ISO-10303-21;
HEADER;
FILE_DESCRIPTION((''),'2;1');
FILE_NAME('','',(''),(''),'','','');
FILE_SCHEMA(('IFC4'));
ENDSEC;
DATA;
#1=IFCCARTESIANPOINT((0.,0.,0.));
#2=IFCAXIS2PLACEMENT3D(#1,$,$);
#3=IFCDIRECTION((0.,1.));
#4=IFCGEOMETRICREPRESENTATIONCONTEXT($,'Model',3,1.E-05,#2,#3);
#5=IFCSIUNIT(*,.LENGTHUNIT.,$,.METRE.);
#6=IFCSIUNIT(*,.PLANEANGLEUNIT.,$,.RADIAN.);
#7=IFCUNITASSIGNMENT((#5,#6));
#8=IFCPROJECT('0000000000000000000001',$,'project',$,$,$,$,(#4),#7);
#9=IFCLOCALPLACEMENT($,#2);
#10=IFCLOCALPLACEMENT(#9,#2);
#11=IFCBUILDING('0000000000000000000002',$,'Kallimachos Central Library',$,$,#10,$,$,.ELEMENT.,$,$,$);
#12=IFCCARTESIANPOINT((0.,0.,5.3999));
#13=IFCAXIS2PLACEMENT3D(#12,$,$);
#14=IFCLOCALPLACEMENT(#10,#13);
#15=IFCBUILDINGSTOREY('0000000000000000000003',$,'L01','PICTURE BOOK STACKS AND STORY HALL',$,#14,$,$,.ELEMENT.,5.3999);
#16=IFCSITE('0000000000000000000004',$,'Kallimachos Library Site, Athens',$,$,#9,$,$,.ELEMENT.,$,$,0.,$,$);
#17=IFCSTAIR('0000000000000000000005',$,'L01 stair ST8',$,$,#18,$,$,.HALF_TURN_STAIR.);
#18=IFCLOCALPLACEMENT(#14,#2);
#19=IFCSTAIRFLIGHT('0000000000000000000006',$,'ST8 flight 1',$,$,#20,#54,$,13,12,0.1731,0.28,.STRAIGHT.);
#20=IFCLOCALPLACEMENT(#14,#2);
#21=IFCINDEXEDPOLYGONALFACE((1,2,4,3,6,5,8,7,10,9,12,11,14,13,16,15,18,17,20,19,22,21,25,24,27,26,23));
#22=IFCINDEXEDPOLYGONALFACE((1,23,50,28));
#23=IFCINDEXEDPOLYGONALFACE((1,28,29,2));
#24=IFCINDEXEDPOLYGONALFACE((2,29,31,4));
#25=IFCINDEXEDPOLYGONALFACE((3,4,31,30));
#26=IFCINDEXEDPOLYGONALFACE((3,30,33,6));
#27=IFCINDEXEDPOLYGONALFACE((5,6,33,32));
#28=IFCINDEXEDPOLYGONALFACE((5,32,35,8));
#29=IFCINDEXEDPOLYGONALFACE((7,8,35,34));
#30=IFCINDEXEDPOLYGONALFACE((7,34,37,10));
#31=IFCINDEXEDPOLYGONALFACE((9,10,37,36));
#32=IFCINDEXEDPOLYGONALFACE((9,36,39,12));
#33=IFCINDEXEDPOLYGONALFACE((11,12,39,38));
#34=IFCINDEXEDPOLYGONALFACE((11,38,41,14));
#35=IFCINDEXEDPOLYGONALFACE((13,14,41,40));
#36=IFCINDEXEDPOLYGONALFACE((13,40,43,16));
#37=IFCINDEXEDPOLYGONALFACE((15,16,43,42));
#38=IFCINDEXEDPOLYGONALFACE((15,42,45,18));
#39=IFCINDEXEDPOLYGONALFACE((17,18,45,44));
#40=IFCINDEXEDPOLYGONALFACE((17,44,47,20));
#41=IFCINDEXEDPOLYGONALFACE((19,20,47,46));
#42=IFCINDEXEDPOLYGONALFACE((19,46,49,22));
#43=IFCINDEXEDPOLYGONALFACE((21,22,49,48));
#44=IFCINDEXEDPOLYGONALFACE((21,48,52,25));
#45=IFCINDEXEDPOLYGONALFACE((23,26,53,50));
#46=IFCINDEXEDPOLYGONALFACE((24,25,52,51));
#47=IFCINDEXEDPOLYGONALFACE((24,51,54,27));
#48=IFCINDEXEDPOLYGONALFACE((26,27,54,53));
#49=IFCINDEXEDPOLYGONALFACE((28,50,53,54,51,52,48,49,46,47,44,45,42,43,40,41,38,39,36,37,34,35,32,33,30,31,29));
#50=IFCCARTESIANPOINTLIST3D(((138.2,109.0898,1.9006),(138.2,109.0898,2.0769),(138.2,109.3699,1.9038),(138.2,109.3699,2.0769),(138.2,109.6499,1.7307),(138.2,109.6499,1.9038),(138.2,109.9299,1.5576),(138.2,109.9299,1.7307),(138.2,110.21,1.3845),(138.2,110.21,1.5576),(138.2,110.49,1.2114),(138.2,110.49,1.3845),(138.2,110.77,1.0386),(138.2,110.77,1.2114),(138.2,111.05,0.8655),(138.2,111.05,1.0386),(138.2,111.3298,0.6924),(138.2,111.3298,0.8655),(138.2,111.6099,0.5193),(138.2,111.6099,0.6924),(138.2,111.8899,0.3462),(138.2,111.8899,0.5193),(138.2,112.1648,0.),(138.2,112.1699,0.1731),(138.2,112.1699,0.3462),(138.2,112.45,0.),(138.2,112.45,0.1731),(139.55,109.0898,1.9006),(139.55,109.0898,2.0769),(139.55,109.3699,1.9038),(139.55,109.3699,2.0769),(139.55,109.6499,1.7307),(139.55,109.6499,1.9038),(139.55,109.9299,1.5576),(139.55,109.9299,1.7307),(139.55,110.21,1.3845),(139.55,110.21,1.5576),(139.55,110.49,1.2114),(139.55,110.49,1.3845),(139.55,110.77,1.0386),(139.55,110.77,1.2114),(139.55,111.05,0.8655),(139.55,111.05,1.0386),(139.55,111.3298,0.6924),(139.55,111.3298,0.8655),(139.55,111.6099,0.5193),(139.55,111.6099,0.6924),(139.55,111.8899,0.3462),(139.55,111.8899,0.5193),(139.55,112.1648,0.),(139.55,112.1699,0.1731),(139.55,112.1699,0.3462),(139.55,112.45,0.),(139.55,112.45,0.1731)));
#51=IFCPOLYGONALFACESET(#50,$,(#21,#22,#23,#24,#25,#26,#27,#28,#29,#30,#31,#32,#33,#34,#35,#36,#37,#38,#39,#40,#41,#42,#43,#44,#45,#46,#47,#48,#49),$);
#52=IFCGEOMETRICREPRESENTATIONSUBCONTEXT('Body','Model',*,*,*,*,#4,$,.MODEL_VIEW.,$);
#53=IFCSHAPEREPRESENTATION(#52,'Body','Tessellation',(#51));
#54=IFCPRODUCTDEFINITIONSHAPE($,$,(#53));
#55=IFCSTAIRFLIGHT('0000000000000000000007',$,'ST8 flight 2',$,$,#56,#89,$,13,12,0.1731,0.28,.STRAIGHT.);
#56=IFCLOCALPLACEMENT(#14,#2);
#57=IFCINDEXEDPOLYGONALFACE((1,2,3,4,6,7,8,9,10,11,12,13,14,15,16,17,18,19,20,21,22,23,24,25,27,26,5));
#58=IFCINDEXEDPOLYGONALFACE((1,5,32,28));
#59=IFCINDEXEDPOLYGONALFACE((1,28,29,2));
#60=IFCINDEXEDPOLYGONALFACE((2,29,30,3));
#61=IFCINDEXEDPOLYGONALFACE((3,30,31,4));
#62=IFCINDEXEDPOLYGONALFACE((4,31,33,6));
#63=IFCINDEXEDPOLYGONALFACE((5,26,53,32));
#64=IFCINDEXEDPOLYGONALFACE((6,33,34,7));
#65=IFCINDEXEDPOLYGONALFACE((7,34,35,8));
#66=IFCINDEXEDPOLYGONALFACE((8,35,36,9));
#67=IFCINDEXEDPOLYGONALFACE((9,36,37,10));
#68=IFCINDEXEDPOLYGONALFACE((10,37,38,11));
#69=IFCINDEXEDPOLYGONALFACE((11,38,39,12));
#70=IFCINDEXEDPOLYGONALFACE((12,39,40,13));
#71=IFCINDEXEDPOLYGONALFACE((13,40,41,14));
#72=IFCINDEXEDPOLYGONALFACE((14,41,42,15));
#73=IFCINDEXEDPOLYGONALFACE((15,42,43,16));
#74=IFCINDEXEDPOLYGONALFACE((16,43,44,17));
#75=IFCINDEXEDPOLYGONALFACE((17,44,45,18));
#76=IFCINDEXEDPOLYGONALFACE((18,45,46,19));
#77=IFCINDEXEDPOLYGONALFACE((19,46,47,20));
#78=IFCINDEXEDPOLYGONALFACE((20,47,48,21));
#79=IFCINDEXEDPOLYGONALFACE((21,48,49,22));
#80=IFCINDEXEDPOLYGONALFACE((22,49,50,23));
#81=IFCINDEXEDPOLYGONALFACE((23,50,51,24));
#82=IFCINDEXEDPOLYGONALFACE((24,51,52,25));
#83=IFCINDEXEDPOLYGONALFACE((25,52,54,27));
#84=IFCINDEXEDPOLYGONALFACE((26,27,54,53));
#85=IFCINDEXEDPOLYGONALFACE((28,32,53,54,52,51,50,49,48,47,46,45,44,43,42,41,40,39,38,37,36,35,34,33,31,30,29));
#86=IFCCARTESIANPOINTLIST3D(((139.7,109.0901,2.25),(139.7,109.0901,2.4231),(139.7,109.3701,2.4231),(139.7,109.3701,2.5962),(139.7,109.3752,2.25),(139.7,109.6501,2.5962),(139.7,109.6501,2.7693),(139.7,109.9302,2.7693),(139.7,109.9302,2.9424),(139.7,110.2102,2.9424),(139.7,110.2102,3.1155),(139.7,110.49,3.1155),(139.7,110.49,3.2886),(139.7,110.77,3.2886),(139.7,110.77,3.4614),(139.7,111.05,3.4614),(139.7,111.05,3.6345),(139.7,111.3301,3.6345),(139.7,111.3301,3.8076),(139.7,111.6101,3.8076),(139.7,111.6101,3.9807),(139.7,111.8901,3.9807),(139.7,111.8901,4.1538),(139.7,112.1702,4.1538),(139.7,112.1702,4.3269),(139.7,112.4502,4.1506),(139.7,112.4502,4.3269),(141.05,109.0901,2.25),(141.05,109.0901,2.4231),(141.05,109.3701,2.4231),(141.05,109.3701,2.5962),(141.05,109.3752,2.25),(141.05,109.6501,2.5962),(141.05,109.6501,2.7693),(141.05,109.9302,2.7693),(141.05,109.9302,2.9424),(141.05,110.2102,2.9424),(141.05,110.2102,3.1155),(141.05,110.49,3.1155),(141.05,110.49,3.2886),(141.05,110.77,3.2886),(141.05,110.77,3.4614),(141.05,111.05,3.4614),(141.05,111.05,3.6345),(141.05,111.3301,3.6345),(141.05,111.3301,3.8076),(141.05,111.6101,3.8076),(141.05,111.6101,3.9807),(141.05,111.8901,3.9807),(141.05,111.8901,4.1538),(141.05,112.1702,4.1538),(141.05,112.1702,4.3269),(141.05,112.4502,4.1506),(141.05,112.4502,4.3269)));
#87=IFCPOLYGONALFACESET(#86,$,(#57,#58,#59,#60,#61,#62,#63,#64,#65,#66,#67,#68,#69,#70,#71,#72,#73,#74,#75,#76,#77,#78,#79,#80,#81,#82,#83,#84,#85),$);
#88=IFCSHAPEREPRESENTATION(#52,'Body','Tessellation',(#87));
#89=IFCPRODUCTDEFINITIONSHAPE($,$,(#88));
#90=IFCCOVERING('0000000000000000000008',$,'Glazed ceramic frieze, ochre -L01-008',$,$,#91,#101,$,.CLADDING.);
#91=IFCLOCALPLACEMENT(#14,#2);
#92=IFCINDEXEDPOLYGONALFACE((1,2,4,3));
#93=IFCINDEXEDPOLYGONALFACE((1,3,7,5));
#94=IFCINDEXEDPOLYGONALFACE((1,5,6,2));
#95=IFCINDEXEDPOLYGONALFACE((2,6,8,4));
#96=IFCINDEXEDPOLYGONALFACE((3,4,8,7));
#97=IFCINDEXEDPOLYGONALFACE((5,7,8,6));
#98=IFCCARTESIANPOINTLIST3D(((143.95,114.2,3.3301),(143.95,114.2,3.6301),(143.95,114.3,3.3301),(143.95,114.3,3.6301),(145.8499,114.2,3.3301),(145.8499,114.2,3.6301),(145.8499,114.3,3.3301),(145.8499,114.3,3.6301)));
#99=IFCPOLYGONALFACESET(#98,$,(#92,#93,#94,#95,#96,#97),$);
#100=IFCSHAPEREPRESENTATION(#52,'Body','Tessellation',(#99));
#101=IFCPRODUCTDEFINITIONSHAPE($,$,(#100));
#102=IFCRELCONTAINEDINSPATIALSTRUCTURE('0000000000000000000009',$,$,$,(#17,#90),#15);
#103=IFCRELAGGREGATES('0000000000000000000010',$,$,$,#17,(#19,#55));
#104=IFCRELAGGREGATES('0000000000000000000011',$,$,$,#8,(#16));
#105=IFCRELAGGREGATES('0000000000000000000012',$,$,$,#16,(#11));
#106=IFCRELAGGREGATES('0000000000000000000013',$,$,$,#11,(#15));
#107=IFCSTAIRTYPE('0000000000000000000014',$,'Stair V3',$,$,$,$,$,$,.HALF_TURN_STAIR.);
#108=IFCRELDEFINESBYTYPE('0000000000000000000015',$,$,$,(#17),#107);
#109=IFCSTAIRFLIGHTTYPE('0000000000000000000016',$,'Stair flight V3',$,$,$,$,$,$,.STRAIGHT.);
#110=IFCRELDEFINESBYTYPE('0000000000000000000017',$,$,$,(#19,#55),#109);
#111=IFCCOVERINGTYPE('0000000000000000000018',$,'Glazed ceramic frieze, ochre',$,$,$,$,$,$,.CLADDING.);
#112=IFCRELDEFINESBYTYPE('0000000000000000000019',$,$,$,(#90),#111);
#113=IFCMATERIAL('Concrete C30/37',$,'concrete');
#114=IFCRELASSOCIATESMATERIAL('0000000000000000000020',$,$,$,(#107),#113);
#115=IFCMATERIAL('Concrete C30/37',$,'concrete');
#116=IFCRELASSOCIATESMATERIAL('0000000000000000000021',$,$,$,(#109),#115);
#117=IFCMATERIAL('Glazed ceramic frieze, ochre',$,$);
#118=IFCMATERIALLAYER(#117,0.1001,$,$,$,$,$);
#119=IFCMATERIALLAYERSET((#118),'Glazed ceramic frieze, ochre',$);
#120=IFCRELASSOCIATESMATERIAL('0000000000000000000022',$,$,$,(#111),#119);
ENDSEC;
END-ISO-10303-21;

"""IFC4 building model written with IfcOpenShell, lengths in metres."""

from ifc_helpers import new_model, si_unit, direction, frame, origin, origin_2d, place, context, subcontext, project, spatial, polyline, rectangle, outline, extrude, material, layer, layer_set, type_object, element, aggregate, save


model = new_model("IFC4")

# Units and contexts
model_context = context("Model", 3, precision=1e-05, world=origin(), true_north=direction((0.0, 1.0)))
body_context = subcontext(model_context, "Body", "Model", "MODEL_VIEW")
ifc_project = project(units=[si_unit("LENGTHUNIT", "METRE"), si_unit("PLANEANGLEUNIT", "RADIAN")], contexts=[model_context])

# Site, building, storey
site_placement = place(None, origin())
site = spatial("IfcSite", under=ifc_project, at=site_placement, Name="Kallimachos Library Site, Athens", CompositionType="ELEMENT", RefElevation=0.0)
building_placement = place(site_placement, origin())
building = spatial("IfcBuilding", under=site, at=building_placement, Name="Kallimachos Central Library", CompositionType="ELEMENT")
storey_placement = place(building_placement, frame((0.0, 0.0, 5.3999)))
storey = spatial("IfcBuildingStorey", under=building, at=storey_placement, Name="L01", Description="PICTURE BOOK STACKS AND STORY HALL", CompositionType="ELEMENT", Elevation=5.3999)

# Stair, stair flights
ifc_material_1 = material(Name="Concrete C30/37", Category="concrete")
stair_type = type_object("IfcStairType", Name="Stair V3", PredefinedType="HALF_TURN_STAIR", material=ifc_material_1)
stair_placement = place(storey_placement, origin())
stair = element("IfcStair", 1, at=stair_placement, inside=storey, type_object=stair_type, Name="L01 stair ST8", PredefinedType="HALF_TURN_STAIR")
ifc_material_2 = material(Name="Concrete C30/37", Category="concrete")
stair_flight_type = type_object("IfcStairFlightType", Name="Stair flight V3", PredefinedType="STRAIGHT", material=ifc_material_2)
stair_flight_1_placement = place(storey_placement, frame((138.875, 112.45, 0.0), z_axis=(0.0, 0.0, 1.0), x_axis=(0.0, -1.0, 0.0)))
stair_flight_1 = element("IfcStairFlight", 2, at=stair_flight_1_placement, type_object=stair_flight_type, Name="ST8 flight 1", NumberOfRisers=13, NumberOfTreads=12, PredefinedType="STRAIGHT", RiserHeight=0.1731, TreadLength=0.28, context=body_context, shape_type="SweptSolid", body=[
    extrude(outline(polyline([(0.0, 0.0), (0.0, 0.1731), (0.28, 0.1731), (0.28, 0.3462), (0.5601, 0.3462), (0.5601, 0.5193), (0.8401, 0.5193), (0.8401, 0.6924), (1.1201, 0.6924), (1.1201, 0.8655), (1.3999, 0.8655), (1.3999, 1.0386), (1.6799, 1.0386), (1.6799, 1.2114), (1.96, 1.2114), (1.96, 1.3845), (2.24, 1.3845), (2.24, 1.5576), (2.52, 1.5576), (2.52, 1.7307), (2.8, 1.7307), (2.8, 1.9038), (3.0801, 1.9038), (3.0801, 2.0769), (3.3601, 2.0769), (3.3601, 2.25), (3.3601, 1.9006), (0.2852, 0.0), (0.0, 0.0)])), frame((0.0, 0.675, 0.0), z_axis=(0.0, -1.0, 0.0), x_axis=(1.0, 0.0, 0.0)), (0.0, 0.0, 1.0), 1.3501),
])
stair_flight_2_placement = place(storey_placement, frame((140.375, 109.0901, 2.25), z_axis=(0.0, 0.0, 1.0), x_axis=(0.0, 1.0, 0.0)))
stair_flight_2 = element("IfcStairFlight", 3, at=stair_flight_2_placement, type_object=stair_flight_type, Name="ST8 flight 2", NumberOfRisers=13, NumberOfTreads=12, PredefinedType="STRAIGHT", RiserHeight=0.1731, TreadLength=0.28, context=body_context, shape_type="SweptSolid", body=[
    extrude(outline(polyline([(0.0, 0.0), (0.0, 0.1731), (0.28, 0.1731), (0.28, 0.3462), (0.5601, 0.3462), (0.5601, 0.5193), (0.8401, 0.5193), (0.8401, 0.6924), (1.1201, 0.6924), (1.1201, 0.8655), (1.3999, 0.8655), (1.3999, 1.0386), (1.6799, 1.0386), (1.6799, 1.2114), (1.96, 1.2114), (1.96, 1.3845), (2.24, 1.3845), (2.24, 1.5576), (2.52, 1.5576), (2.52, 1.7307), (2.8, 1.7307), (2.8, 1.9038), (3.0801, 1.9038), (3.0801, 2.0769), (3.3601, 2.0769), (3.3601, 2.25), (3.3601, 1.9006), (0.2852, 0.0), (0.0, 0.0)])), frame((0.0, 0.675, 0.0), z_axis=(0.0, -1.0, 0.0), x_axis=(1.0, 0.0, 0.0)), (0.0, 0.0, 1.0), 1.3501),
])
aggregate(stair, [stair_flight_1, stair_flight_2])

# Covering
ifc_material_3 = material(Name="Glazed ceramic frieze, ochre")
ifc_layer_1 = layer(ifc_material_3, 0.1001)
ifc_layer_set_1 = layer_set([ifc_layer_1], Name="Glazed ceramic frieze, ochre")
covering_type_1 = type_object("IfcCoveringType", Name="Glazed ceramic frieze, ochre", PredefinedType="CLADDING", material=ifc_layer_set_1)
covering_1_placement = place(storey_placement, frame((144.8999, 114.25, 3.3301), z_axis=(0.0, 0.0, 1.0), x_axis=(1.0, 0.0, 0.0)))
element("IfcCovering", 4, at=covering_1_placement, inside=storey, type_object=covering_type_1, Name="Glazed ceramic frieze, ochre -L01-008", PredefinedType="CLADDING", context=body_context, shape_type="SweptSolid", body=[
    extrude(rectangle(XDim=1.8999, YDim=0.1001, at=origin_2d()), origin(), (0.0, 0.0, 1.0), 0.3),
])

save(model, "model.ifc")
